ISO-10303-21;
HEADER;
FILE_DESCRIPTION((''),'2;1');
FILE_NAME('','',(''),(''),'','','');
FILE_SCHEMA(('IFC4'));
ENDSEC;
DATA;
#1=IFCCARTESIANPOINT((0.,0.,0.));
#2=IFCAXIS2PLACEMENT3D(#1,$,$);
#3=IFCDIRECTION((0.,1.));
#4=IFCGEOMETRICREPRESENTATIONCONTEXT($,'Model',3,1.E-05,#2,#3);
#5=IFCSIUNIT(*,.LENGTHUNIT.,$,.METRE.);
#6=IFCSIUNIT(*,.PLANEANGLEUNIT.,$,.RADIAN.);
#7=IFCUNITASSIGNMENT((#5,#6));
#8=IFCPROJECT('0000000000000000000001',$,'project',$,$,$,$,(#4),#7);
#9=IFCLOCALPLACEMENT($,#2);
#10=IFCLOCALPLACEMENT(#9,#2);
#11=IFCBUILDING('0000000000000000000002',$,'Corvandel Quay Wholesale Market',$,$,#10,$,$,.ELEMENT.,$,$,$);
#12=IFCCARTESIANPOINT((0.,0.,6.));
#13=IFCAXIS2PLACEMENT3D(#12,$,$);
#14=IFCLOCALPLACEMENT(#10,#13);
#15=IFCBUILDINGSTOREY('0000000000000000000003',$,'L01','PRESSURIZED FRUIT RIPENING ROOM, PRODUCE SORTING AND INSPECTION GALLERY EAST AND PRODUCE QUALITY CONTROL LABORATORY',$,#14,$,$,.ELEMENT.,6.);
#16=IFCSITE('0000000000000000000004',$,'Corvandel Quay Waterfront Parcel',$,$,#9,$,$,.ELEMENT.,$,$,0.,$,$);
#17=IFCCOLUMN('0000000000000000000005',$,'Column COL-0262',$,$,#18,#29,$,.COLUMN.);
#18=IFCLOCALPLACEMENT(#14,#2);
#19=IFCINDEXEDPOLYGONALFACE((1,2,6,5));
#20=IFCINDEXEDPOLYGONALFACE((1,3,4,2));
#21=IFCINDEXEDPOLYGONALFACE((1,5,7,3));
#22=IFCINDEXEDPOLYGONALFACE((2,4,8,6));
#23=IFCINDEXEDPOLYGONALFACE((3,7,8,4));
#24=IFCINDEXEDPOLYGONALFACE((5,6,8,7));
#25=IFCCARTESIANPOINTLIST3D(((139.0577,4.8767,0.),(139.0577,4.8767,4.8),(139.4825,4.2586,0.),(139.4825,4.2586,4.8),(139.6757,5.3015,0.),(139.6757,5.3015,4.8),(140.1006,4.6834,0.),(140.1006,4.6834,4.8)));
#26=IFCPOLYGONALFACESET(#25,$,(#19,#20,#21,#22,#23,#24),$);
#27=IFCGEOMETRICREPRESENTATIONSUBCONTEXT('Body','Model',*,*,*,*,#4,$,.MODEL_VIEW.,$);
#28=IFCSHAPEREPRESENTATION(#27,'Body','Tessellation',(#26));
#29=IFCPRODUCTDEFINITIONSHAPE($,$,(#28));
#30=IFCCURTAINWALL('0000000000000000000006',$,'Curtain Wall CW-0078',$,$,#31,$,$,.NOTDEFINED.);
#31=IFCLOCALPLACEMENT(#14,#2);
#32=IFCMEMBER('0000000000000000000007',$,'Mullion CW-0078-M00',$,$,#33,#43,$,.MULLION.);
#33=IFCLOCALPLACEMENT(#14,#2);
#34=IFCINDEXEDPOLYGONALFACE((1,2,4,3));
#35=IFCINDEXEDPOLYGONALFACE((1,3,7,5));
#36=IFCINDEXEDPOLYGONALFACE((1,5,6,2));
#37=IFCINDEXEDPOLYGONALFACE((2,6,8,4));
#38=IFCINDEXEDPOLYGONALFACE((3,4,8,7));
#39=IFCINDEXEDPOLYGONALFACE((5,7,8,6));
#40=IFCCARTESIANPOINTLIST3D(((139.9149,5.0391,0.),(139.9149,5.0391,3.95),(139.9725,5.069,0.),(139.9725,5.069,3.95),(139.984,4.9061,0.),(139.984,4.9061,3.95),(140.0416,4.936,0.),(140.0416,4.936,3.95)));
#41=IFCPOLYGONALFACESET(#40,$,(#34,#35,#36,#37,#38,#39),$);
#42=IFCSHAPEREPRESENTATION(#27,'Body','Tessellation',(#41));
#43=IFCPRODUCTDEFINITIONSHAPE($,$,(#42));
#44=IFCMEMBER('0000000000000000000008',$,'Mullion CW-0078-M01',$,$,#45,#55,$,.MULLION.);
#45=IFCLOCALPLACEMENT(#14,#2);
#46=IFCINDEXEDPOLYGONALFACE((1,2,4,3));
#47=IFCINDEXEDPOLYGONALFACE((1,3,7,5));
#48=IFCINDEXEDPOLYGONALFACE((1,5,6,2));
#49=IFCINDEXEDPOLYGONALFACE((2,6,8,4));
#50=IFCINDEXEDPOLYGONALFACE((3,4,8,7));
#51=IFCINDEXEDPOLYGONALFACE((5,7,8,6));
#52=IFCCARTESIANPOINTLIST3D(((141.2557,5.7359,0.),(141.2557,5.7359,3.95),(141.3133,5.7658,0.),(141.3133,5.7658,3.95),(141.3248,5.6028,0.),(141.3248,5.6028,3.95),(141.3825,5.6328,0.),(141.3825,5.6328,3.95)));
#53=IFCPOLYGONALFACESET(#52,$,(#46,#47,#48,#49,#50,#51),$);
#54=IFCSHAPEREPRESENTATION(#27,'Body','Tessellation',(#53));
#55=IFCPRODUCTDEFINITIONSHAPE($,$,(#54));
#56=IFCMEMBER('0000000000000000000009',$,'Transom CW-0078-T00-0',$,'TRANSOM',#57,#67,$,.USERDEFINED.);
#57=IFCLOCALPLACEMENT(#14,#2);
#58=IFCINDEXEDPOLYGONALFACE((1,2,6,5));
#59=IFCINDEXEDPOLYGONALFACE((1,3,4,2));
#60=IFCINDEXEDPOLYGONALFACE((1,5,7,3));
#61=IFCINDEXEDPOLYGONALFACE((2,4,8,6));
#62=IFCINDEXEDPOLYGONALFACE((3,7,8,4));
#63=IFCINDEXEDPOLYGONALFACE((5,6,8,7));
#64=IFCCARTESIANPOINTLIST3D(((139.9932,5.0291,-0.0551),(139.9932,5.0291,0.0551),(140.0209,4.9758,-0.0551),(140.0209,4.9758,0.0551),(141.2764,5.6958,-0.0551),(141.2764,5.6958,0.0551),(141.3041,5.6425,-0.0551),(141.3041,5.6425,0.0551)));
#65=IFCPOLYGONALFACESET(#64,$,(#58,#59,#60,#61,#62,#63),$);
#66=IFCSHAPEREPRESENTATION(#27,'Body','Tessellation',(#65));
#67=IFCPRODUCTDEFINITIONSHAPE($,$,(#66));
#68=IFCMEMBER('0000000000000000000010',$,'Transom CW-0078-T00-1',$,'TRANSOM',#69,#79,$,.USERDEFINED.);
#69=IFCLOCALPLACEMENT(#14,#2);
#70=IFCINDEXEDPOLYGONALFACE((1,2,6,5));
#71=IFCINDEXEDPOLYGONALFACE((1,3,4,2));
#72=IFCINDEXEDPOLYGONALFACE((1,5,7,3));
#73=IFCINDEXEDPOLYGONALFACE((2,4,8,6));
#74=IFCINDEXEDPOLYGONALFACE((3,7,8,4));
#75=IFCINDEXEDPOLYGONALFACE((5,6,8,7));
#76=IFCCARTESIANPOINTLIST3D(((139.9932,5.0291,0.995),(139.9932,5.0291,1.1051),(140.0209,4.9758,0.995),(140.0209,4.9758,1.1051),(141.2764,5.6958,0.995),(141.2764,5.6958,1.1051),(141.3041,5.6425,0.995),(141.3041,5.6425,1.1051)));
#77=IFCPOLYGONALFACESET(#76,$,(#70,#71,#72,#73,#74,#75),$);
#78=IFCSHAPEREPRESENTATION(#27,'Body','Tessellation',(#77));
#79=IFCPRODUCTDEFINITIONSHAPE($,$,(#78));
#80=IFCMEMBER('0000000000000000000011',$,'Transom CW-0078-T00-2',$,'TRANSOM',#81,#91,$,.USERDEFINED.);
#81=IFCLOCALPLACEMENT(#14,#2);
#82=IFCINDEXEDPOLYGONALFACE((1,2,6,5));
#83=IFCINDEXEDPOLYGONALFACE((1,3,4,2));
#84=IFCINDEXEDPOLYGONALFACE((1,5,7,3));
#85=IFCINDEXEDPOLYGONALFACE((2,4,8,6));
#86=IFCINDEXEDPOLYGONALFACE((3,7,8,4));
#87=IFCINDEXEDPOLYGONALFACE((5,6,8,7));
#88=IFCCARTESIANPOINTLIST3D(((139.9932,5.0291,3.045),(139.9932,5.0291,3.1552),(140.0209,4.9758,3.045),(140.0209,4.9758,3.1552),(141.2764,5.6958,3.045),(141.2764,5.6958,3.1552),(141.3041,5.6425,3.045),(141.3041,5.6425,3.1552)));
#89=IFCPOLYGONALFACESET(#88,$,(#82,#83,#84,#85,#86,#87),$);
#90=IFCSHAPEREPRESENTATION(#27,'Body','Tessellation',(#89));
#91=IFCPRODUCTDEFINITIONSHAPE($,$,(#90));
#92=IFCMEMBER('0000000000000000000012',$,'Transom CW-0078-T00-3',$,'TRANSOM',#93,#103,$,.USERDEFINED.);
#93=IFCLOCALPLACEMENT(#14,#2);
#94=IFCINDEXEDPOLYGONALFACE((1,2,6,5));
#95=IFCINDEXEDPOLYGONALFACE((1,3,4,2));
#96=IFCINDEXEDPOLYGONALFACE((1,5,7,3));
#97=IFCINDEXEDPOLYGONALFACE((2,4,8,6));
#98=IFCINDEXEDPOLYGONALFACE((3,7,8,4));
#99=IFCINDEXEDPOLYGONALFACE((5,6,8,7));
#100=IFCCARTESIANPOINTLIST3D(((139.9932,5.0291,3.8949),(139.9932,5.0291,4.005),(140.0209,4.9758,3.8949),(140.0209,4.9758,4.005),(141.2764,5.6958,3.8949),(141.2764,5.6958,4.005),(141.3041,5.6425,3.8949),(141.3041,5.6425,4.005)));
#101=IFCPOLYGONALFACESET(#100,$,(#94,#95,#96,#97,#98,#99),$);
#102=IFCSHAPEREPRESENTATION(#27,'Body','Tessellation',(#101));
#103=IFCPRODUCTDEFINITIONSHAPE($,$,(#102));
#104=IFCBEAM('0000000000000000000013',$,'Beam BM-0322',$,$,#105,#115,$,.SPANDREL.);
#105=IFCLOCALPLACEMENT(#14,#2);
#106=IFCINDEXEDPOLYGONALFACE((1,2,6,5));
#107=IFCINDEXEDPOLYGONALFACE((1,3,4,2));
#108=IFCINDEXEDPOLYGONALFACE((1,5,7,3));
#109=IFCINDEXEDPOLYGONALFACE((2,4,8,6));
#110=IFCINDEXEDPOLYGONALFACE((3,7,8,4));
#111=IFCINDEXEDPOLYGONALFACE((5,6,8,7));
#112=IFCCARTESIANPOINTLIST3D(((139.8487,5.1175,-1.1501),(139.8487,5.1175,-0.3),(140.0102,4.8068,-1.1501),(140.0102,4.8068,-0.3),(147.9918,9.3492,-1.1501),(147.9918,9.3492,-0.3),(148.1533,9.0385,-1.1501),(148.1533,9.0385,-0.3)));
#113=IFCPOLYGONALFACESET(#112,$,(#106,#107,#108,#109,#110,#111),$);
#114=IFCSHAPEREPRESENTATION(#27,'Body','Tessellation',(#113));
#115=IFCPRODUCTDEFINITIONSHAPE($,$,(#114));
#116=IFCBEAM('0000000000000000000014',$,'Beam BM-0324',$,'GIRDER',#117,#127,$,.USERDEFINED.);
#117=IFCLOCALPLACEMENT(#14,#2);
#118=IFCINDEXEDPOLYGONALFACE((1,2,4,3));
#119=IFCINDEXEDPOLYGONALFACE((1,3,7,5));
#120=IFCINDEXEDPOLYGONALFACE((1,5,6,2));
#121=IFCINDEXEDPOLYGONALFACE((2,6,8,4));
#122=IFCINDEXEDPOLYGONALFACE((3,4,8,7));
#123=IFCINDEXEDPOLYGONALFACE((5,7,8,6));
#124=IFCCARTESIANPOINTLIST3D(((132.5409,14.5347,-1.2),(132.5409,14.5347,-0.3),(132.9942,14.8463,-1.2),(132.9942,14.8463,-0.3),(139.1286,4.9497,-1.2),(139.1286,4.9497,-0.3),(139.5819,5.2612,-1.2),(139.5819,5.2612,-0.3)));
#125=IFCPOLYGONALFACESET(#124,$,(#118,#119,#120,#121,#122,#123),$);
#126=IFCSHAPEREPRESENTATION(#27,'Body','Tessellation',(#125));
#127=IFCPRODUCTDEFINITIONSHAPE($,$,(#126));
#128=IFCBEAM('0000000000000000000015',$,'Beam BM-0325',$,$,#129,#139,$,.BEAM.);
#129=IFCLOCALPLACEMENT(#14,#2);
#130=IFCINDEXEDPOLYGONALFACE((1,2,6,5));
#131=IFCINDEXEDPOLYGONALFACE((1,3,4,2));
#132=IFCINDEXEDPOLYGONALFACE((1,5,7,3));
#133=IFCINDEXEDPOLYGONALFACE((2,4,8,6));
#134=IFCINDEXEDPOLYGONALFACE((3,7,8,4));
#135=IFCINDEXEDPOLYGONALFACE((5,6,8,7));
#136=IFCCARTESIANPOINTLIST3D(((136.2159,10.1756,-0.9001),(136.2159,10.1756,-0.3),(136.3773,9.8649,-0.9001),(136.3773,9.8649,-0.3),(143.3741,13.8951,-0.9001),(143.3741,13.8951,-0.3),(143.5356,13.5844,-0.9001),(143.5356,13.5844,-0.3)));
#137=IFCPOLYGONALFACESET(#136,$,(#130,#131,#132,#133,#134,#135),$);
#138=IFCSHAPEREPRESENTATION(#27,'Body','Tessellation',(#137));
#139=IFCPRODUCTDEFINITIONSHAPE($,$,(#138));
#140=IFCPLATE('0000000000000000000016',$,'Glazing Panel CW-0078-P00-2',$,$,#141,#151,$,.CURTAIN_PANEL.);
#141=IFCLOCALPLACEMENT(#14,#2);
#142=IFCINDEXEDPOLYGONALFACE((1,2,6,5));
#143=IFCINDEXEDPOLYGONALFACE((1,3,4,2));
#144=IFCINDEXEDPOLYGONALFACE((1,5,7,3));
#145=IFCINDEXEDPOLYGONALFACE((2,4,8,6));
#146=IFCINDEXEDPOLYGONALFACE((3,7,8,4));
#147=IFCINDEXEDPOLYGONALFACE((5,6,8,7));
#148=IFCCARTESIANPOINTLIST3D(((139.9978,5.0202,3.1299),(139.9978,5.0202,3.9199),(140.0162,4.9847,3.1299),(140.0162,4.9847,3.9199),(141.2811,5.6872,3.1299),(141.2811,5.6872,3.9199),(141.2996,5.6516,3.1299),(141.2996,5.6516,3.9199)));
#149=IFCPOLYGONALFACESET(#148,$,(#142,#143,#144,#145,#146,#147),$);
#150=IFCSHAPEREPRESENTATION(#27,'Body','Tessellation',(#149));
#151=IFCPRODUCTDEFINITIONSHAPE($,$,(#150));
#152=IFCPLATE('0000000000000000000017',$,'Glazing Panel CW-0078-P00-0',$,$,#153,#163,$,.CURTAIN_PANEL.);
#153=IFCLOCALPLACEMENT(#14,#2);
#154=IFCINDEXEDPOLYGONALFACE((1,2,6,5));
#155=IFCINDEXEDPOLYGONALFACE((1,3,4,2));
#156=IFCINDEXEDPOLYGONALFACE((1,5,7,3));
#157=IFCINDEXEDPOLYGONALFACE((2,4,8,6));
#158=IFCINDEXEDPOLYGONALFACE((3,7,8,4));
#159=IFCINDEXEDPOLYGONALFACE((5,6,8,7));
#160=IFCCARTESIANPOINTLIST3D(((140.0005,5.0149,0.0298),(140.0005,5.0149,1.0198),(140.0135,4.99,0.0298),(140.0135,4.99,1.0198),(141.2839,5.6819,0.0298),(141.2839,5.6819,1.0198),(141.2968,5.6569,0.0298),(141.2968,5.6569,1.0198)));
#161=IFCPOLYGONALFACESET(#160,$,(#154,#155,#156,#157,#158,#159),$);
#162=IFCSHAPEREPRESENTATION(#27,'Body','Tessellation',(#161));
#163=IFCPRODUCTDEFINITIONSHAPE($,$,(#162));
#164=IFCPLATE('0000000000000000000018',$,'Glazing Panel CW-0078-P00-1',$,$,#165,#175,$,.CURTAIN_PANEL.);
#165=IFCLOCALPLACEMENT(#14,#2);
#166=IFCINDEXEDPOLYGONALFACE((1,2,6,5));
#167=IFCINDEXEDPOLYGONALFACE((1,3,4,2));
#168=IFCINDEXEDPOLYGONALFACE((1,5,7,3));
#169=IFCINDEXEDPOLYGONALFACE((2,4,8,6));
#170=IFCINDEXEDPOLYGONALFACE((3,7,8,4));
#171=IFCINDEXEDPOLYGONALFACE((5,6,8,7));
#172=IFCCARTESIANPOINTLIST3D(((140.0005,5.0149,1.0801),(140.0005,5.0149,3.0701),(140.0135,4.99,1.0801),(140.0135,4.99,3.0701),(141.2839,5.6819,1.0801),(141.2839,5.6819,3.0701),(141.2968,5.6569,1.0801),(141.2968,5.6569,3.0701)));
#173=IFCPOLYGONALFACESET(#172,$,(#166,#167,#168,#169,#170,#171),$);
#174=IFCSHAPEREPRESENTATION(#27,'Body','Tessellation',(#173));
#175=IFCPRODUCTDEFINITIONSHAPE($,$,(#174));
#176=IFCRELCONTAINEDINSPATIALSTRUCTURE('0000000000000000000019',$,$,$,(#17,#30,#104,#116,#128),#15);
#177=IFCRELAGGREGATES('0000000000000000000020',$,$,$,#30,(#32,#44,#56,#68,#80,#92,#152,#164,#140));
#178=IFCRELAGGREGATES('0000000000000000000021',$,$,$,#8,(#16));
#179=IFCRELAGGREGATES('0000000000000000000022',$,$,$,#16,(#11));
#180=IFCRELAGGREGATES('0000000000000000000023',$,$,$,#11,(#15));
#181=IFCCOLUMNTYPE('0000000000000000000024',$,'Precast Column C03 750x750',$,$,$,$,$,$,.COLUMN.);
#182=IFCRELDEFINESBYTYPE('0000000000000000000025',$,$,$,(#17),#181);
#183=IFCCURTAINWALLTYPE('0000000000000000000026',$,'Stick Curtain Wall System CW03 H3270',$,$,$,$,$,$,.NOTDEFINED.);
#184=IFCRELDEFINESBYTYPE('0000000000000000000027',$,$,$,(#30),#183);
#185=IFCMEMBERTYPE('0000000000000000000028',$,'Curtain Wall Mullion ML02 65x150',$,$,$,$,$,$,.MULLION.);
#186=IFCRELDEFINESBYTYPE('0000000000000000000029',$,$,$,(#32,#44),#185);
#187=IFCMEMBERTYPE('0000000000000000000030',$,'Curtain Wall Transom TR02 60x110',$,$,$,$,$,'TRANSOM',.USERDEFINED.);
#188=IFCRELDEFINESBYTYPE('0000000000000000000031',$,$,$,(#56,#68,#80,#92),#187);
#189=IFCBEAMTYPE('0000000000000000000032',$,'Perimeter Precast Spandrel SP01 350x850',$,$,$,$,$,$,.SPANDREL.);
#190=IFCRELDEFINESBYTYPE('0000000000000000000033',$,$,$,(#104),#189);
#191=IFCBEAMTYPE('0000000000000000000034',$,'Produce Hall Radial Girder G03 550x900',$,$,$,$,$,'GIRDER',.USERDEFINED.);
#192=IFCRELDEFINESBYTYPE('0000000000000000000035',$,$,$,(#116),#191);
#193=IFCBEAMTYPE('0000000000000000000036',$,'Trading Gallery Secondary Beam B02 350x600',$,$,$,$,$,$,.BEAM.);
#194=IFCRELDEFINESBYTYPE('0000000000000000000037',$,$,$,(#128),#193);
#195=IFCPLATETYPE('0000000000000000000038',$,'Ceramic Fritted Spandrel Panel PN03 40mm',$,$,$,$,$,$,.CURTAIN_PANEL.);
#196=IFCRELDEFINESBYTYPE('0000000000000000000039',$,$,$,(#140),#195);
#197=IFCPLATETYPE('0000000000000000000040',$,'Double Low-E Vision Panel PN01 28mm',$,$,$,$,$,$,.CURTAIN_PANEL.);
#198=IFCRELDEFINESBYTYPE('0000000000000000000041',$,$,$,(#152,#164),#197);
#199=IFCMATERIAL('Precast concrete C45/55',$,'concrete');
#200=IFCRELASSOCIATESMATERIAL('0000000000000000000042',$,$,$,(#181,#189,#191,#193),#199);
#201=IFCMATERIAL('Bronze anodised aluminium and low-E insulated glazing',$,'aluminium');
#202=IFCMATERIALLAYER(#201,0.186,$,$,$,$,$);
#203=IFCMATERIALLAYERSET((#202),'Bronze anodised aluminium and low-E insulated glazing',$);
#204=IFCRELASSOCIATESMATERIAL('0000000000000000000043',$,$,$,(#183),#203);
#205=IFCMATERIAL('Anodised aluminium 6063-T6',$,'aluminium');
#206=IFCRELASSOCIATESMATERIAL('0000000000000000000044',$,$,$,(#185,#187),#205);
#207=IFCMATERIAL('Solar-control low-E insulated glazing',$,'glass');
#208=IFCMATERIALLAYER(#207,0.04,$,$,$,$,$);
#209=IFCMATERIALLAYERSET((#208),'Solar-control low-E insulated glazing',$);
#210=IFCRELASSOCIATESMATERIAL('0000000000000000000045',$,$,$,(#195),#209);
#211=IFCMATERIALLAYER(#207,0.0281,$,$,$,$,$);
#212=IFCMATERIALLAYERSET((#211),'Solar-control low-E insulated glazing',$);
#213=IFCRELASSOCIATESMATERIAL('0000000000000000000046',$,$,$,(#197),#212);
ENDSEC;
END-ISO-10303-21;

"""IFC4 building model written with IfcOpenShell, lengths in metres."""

from ifc_helpers import new_model, si_unit, direction, frame, origin, origin_2d, place, context, subcontext, project, spatial, rectangle, extrude, material, layer, layer_set, material_profile, profile_set, type_object, element, aggregate, save


model = new_model("IFC4")

# Units and contexts
model_context = context("Model", 3, precision=1e-05, world=origin(), true_north=direction((0.0, 1.0)))
body_context = subcontext(model_context, "Body", "Model", "MODEL_VIEW")
ifc_project = project(units=[si_unit("LENGTHUNIT", "METRE"), si_unit("PLANEANGLEUNIT", "RADIAN")], contexts=[model_context])

# Site, building, storey
site_placement = place(None, origin())
site = spatial("IfcSite", under=ifc_project, at=site_placement, Name="Corvandel Quay Waterfront Parcel", CompositionType="ELEMENT", RefElevation=0.0)
building_placement = place(site_placement, origin())
building = spatial("IfcBuilding", under=site, at=building_placement, Name="Corvandel Quay Wholesale Market", CompositionType="ELEMENT")
storey_placement = place(building_placement, frame((0.0, 0.0, 6.0)))
storey = spatial("IfcBuildingStorey", under=building, at=storey_placement, Name="L01", Description="PRESSURIZED FRUIT RIPENING ROOM, PRODUCE SORTING AND INSPECTION GALLERY EAST AND PRODUCE QUALITY CONTROL LABORATORY", CompositionType="ELEMENT", Elevation=6.0)

# Column
ifc_material_1 = material(Name="Precast concrete C45/55", Category="concrete")
ifc_material_profile_1 = material_profile(ifc_material_1, rectangle(XDim=0.75, YDim=0.75, at=origin_2d()), Name="PC-COL-750x750")
ifc_profile_set_1 = profile_set([ifc_material_profile_1], Name="Precast concrete C45/55")
column_type = type_object("IfcColumnType", Name="Precast Column C03 750x750", PredefinedType="COLUMN", material=ifc_profile_set_1)
column_placement = place(storey_placement, frame((139.5791, 4.78, 0.0), z_axis=(0.0, 0.0, 1.0), x_axis=(0.824126, 0.566406, 0.0)))
element("IfcColumn", 1, at=column_placement, inside=storey, type_object=column_type, Name="Column COL-0262", PredefinedType="COLUMN", context=body_context, shape_type="SweptSolid", body=[
    extrude(rectangle(XDim=0.75, YDim=0.75, at=origin_2d()), origin(), (0.0, 0.0, 1.0), 4.8),
])

# Curtain wall, members
ifc_material_2 = material(Name="Bronze anodised aluminium and low-E insulated glazing", Category="aluminium")
ifc_layer_1 = layer(ifc_material_2, 0.186)
ifc_layer_set_1 = layer_set([ifc_layer_1], Name="Bronze anodised aluminium and low-E insulated glazing")
curtain_wall_type = type_object("IfcCurtainWallType", Name="Stick Curtain Wall System CW03 H3270", PredefinedType="NOTDEFINED", material=ifc_layer_set_1)
curtain_wall_placement = place(storey_placement, origin())
curtain_wall = element("IfcCurtainWall", 2, at=curtain_wall_placement, inside=storey, type_object=curtain_wall_type, Name="Curtain Wall CW-0078", PredefinedType="NOTDEFINED")
ifc_material_3 = material(Name="Anodised aluminium 6063-T6", Category="aluminium")
ifc_material_profile_2 = material_profile(ifc_material_3, rectangle(XDim=0.0649, YDim=0.1499, at=origin_2d()), Name="ALU-MUL-65x150")
ifc_profile_set_2 = profile_set([ifc_material_profile_2], Name="Anodised aluminium 6063-T6")
member_type_1 = type_object("IfcMemberType", Name="Curtain Wall Mullion ML02 65x150", PredefinedType="MULLION", material=ifc_profile_set_2)
member_1_placement = place(storey_placement, frame((139.9783, 4.9875, 0.0), z_axis=(0.0, 0.0, 1.0), x_axis=(0.887333, 0.461129, 0.0)))
member_1 = element("IfcMember", 3, at=member_1_placement, type_object=member_type_1, Name="Mullion CW-0078-M00", PredefinedType="MULLION", context=body_context, shape_type="SweptSolid", body=[
    extrude(rectangle(XDim=0.0649, YDim=0.1499, at=origin_2d()), origin(), (0.0, 0.0, 1.0), 3.95),
])
member_2_placement = place(storey_placement, frame((141.3191, 5.6843, 0.0), z_axis=(0.0, 0.0, 1.0), x_axis=(0.887333, 0.461129, 0.0)))
member_2 = element("IfcMember", 4, at=member_2_placement, type_object=member_type_1, Name="Mullion CW-0078-M01", PredefinedType="MULLION", context=body_context, shape_type="SweptSolid", body=[
    extrude(rectangle(XDim=0.0649, YDim=0.1499, at=origin_2d()), origin(), (0.0, 0.0, 1.0), 3.95),
])
ifc_material_profile_3 = material_profile(ifc_material_3, rectangle(XDim=0.0601, YDim=0.1101, at=origin_2d()), Name="ALU-TRN-60x110")
ifc_profile_set_3 = profile_set([ifc_material_profile_3], Name="Anodised aluminium 6063-T6")
member_type_2 = type_object("IfcMemberType", Name="Curtain Wall Transom TR02 60x110", ElementType="TRANSOM", PredefinedType="USERDEFINED", material=ifc_profile_set_3)
member_3_placement = place(storey_placement, frame((140.0071, 5.0024, 0.0), z_axis=(0.887363, 0.461071, 0.0), x_axis=(-0.461071, 0.887363, 0.0)))
member_3 = element("IfcMember", 5, at=member_3_placement, type_object=member_type_2, Name="Transom CW-0078-T00-0", ObjectType="TRANSOM", PredefinedType="USERDEFINED", context=body_context, shape_type="SweptSolid", body=[
    extrude(rectangle(XDim=0.0601, YDim=0.1101, at=origin_2d()), origin(), (0.0, 0.0, 1.0), 1.446),
])
member_4_placement = place(storey_placement, frame((140.0071, 5.0024, 1.05), z_axis=(0.887363, 0.461071, 0.0), x_axis=(-0.461071, 0.887363, 0.0)))
member_4 = element("IfcMember", 6, at=member_4_placement, type_object=member_type_2, Name="Transom CW-0078-T00-1", ObjectType="TRANSOM", PredefinedType="USERDEFINED", context=body_context, shape_type="SweptSolid", body=[
    extrude(rectangle(XDim=0.0601, YDim=0.1101, at=origin_2d()), origin(), (0.0, 0.0, 1.0), 1.446),
])
member_5_placement = place(storey_placement, frame((140.0071, 5.0024, 3.1001), z_axis=(0.887363, 0.461071, 0.0), x_axis=(-0.461071, 0.887363, 0.0)))
member_5 = element("IfcMember", 7, at=member_5_placement, type_object=member_type_2, Name="Transom CW-0078-T00-2", ObjectType="TRANSOM", PredefinedType="USERDEFINED", context=body_context, shape_type="SweptSolid", body=[
    extrude(rectangle(XDim=0.0601, YDim=0.1101, at=origin_2d()), origin(), (0.0, 0.0, 1.0), 1.446),
])
member_6_placement = place(storey_placement, frame((140.0071, 5.0024, 3.95), z_axis=(0.887363, 0.461071, 0.0), x_axis=(-0.461071, 0.887363, 0.0)))
member_6 = element("IfcMember", 8, at=member_6_placement, type_object=member_type_2, Name="Transom CW-0078-T00-3", ObjectType="TRANSOM", PredefinedType="USERDEFINED", context=body_context, shape_type="SweptSolid", body=[
    extrude(rectangle(XDim=0.0601, YDim=0.1101, at=origin_2d()), origin(), (0.0, 0.0, 1.0), 1.446),
])

# Beams
ifc_material_profile_4 = material_profile(ifc_material_1, rectangle(XDim=0.3501, YDim=0.8501, at=origin_2d()), Name="PC-SPN-350x850")
ifc_profile_set_4 = profile_set([ifc_material_profile_4], Name="Precast concrete C45/55")
beam_type_1 = type_object("IfcBeamType", Name="Perimeter Precast Spandrel SP01 350x850", PredefinedType="SPANDREL", material=ifc_profile_set_4)
beam_1_placement = place(storey_placement, frame((139.9294, 4.9622, -0.7251), z_axis=(0.887337, 0.461121, 0.0), x_axis=(-0.461121, 0.887337, 0.0)))
element("IfcBeam", 9, at=beam_1_placement, inside=storey, type_object=beam_type_1, Name="Beam BM-0322", PredefinedType="SPANDREL", context=body_context, shape_type="SweptSolid", body=[
    extrude(rectangle(XDim=0.3501, YDim=0.8501, at=origin_2d()), origin(), (0.0, 0.0, 1.0), 9.177),
])
ifc_material_profile_5 = material_profile(ifc_material_1, rectangle(XDim=0.55, YDim=0.8999, at=origin_2d()), Name="PC-GIR-550x900")
ifc_profile_set_5 = profile_set([ifc_material_profile_5], Name="Precast concrete C45/55")
beam_type_2 = type_object("IfcBeamType", Name="Produce Hall Radial Girder G03 550x900", ElementType="GIRDER", PredefinedType="USERDEFINED", material=ifc_profile_set_5)
beam_2_placement = place(storey_placement, frame((139.3552, 5.1055, -0.75), z_axis=(-0.566411, 0.824123, 0.0), x_axis=(-0.824123, -0.566411, 0.0)))
element("IfcBeam", 10, at=beam_2_placement, inside=storey, type_object=beam_type_2, Name="Beam BM-0324", ObjectType="GIRDER", PredefinedType="USERDEFINED", context=body_context, shape_type="SweptSolid", body=[
    extrude(rectangle(XDim=0.55, YDim=0.8999, at=origin_2d()), origin(), (0.0, 0.0, 1.0), 11.6306),
])
ifc_material_profile_6 = material_profile(ifc_material_1, rectangle(XDim=0.3501, YDim=0.6001, at=origin_2d()), Name="PC-BM-350x600")
ifc_profile_set_6 = profile_set([ifc_material_profile_6], Name="Precast concrete C45/55")
beam_type_3 = type_object("IfcBeamType", Name="Trading Gallery Secondary Beam B02 350x600", PredefinedType="BEAM", material=ifc_profile_set_6)
beam_3_placement = place(storey_placement, frame((136.2966, 10.0203, -0.6001), z_axis=(0.887358, 0.461081, 0.0), x_axis=(-0.461081, 0.887358, 0.0)))
element("IfcBeam", 11, at=beam_3_placement, inside=storey, type_object=beam_type_3, Name="Beam BM-0325", PredefinedType="BEAM", context=body_context, shape_type="SweptSolid", body=[
    extrude(rectangle(XDim=0.3501, YDim=0.6001, at=origin_2d()), origin(), (0.0, 0.0, 1.0), 8.0669),
])

# Plates
ifc_material_4 = material(Name="Solar-control low-E insulated glazing", Category="glass")
ifc_layer_2 = layer(ifc_material_4, 0.04)
ifc_layer_set_2 = layer_set([ifc_layer_2], Name="Solar-control low-E insulated glazing")
plate_type_1 = type_object("IfcPlateType", Name="Ceramic Fritted Spandrel Panel PN03 40mm", PredefinedType="CURTAIN_PANEL", material=ifc_layer_set_2)
plate_1_placement = place(storey_placement, frame((140.6487, 5.3359, 3.1299), z_axis=(0.0, 0.0, 1.0), x_axis=(0.887333, 0.461129, 0.0)))
plate_1 = element("IfcPlate", 12, at=plate_1_placement, type_object=plate_type_1, Name="Glazing Panel CW-0078-P00-2", PredefinedType="CURTAIN_PANEL", context=body_context, shape_type="SweptSolid", body=[
    extrude(rectangle(XDim=1.4463, YDim=0.04, at=origin_2d()), origin(), (0.0, 0.0, 1.0), 0.79),
])
ifc_layer_3 = layer(ifc_material_4, 0.0281)
ifc_layer_set_3 = layer_set([ifc_layer_3], Name="Solar-control low-E insulated glazing")
plate_type_2 = type_object("IfcPlateType", Name="Double Low-E Vision Panel PN01 28mm", PredefinedType="CURTAIN_PANEL", material=ifc_layer_set_3)
plate_2_placement = place(storey_placement, frame((140.6487, 5.3359, 0.0298), z_axis=(0.0, 0.0, 1.0), x_axis=(0.887333, 0.461129, 0.0)))
plate_2 = element("IfcPlate", 13, at=plate_2_placement, type_object=plate_type_2, Name="Glazing Panel CW-0078-P00-0", PredefinedType="CURTAIN_PANEL", context=body_context, shape_type="SweptSolid", body=[
    extrude(rectangle(XDim=1.4463, YDim=0.0281, at=origin_2d()), origin(), (0.0, 0.0, 1.0), 0.99),
])
plate_3_placement = place(storey_placement, frame((140.6487, 5.3359, 1.0801), z_axis=(0.0, 0.0, 1.0), x_axis=(0.887333, 0.461129, 0.0)))
plate_3 = element("IfcPlate", 14, at=plate_3_placement, type_object=plate_type_2, Name="Glazing Panel CW-0078-P00-1", PredefinedType="CURTAIN_PANEL", context=body_context, shape_type="SweptSolid", body=[
    extrude(rectangle(XDim=1.4463, YDim=0.0281, at=origin_2d()), origin(), (0.0, 0.0, 1.0), 1.99),
])
aggregate(curtain_wall, [member_1, member_2, member_3, member_4, member_5, member_6, plate_2, plate_3, plate_1])

save(model, "model.ifc")
